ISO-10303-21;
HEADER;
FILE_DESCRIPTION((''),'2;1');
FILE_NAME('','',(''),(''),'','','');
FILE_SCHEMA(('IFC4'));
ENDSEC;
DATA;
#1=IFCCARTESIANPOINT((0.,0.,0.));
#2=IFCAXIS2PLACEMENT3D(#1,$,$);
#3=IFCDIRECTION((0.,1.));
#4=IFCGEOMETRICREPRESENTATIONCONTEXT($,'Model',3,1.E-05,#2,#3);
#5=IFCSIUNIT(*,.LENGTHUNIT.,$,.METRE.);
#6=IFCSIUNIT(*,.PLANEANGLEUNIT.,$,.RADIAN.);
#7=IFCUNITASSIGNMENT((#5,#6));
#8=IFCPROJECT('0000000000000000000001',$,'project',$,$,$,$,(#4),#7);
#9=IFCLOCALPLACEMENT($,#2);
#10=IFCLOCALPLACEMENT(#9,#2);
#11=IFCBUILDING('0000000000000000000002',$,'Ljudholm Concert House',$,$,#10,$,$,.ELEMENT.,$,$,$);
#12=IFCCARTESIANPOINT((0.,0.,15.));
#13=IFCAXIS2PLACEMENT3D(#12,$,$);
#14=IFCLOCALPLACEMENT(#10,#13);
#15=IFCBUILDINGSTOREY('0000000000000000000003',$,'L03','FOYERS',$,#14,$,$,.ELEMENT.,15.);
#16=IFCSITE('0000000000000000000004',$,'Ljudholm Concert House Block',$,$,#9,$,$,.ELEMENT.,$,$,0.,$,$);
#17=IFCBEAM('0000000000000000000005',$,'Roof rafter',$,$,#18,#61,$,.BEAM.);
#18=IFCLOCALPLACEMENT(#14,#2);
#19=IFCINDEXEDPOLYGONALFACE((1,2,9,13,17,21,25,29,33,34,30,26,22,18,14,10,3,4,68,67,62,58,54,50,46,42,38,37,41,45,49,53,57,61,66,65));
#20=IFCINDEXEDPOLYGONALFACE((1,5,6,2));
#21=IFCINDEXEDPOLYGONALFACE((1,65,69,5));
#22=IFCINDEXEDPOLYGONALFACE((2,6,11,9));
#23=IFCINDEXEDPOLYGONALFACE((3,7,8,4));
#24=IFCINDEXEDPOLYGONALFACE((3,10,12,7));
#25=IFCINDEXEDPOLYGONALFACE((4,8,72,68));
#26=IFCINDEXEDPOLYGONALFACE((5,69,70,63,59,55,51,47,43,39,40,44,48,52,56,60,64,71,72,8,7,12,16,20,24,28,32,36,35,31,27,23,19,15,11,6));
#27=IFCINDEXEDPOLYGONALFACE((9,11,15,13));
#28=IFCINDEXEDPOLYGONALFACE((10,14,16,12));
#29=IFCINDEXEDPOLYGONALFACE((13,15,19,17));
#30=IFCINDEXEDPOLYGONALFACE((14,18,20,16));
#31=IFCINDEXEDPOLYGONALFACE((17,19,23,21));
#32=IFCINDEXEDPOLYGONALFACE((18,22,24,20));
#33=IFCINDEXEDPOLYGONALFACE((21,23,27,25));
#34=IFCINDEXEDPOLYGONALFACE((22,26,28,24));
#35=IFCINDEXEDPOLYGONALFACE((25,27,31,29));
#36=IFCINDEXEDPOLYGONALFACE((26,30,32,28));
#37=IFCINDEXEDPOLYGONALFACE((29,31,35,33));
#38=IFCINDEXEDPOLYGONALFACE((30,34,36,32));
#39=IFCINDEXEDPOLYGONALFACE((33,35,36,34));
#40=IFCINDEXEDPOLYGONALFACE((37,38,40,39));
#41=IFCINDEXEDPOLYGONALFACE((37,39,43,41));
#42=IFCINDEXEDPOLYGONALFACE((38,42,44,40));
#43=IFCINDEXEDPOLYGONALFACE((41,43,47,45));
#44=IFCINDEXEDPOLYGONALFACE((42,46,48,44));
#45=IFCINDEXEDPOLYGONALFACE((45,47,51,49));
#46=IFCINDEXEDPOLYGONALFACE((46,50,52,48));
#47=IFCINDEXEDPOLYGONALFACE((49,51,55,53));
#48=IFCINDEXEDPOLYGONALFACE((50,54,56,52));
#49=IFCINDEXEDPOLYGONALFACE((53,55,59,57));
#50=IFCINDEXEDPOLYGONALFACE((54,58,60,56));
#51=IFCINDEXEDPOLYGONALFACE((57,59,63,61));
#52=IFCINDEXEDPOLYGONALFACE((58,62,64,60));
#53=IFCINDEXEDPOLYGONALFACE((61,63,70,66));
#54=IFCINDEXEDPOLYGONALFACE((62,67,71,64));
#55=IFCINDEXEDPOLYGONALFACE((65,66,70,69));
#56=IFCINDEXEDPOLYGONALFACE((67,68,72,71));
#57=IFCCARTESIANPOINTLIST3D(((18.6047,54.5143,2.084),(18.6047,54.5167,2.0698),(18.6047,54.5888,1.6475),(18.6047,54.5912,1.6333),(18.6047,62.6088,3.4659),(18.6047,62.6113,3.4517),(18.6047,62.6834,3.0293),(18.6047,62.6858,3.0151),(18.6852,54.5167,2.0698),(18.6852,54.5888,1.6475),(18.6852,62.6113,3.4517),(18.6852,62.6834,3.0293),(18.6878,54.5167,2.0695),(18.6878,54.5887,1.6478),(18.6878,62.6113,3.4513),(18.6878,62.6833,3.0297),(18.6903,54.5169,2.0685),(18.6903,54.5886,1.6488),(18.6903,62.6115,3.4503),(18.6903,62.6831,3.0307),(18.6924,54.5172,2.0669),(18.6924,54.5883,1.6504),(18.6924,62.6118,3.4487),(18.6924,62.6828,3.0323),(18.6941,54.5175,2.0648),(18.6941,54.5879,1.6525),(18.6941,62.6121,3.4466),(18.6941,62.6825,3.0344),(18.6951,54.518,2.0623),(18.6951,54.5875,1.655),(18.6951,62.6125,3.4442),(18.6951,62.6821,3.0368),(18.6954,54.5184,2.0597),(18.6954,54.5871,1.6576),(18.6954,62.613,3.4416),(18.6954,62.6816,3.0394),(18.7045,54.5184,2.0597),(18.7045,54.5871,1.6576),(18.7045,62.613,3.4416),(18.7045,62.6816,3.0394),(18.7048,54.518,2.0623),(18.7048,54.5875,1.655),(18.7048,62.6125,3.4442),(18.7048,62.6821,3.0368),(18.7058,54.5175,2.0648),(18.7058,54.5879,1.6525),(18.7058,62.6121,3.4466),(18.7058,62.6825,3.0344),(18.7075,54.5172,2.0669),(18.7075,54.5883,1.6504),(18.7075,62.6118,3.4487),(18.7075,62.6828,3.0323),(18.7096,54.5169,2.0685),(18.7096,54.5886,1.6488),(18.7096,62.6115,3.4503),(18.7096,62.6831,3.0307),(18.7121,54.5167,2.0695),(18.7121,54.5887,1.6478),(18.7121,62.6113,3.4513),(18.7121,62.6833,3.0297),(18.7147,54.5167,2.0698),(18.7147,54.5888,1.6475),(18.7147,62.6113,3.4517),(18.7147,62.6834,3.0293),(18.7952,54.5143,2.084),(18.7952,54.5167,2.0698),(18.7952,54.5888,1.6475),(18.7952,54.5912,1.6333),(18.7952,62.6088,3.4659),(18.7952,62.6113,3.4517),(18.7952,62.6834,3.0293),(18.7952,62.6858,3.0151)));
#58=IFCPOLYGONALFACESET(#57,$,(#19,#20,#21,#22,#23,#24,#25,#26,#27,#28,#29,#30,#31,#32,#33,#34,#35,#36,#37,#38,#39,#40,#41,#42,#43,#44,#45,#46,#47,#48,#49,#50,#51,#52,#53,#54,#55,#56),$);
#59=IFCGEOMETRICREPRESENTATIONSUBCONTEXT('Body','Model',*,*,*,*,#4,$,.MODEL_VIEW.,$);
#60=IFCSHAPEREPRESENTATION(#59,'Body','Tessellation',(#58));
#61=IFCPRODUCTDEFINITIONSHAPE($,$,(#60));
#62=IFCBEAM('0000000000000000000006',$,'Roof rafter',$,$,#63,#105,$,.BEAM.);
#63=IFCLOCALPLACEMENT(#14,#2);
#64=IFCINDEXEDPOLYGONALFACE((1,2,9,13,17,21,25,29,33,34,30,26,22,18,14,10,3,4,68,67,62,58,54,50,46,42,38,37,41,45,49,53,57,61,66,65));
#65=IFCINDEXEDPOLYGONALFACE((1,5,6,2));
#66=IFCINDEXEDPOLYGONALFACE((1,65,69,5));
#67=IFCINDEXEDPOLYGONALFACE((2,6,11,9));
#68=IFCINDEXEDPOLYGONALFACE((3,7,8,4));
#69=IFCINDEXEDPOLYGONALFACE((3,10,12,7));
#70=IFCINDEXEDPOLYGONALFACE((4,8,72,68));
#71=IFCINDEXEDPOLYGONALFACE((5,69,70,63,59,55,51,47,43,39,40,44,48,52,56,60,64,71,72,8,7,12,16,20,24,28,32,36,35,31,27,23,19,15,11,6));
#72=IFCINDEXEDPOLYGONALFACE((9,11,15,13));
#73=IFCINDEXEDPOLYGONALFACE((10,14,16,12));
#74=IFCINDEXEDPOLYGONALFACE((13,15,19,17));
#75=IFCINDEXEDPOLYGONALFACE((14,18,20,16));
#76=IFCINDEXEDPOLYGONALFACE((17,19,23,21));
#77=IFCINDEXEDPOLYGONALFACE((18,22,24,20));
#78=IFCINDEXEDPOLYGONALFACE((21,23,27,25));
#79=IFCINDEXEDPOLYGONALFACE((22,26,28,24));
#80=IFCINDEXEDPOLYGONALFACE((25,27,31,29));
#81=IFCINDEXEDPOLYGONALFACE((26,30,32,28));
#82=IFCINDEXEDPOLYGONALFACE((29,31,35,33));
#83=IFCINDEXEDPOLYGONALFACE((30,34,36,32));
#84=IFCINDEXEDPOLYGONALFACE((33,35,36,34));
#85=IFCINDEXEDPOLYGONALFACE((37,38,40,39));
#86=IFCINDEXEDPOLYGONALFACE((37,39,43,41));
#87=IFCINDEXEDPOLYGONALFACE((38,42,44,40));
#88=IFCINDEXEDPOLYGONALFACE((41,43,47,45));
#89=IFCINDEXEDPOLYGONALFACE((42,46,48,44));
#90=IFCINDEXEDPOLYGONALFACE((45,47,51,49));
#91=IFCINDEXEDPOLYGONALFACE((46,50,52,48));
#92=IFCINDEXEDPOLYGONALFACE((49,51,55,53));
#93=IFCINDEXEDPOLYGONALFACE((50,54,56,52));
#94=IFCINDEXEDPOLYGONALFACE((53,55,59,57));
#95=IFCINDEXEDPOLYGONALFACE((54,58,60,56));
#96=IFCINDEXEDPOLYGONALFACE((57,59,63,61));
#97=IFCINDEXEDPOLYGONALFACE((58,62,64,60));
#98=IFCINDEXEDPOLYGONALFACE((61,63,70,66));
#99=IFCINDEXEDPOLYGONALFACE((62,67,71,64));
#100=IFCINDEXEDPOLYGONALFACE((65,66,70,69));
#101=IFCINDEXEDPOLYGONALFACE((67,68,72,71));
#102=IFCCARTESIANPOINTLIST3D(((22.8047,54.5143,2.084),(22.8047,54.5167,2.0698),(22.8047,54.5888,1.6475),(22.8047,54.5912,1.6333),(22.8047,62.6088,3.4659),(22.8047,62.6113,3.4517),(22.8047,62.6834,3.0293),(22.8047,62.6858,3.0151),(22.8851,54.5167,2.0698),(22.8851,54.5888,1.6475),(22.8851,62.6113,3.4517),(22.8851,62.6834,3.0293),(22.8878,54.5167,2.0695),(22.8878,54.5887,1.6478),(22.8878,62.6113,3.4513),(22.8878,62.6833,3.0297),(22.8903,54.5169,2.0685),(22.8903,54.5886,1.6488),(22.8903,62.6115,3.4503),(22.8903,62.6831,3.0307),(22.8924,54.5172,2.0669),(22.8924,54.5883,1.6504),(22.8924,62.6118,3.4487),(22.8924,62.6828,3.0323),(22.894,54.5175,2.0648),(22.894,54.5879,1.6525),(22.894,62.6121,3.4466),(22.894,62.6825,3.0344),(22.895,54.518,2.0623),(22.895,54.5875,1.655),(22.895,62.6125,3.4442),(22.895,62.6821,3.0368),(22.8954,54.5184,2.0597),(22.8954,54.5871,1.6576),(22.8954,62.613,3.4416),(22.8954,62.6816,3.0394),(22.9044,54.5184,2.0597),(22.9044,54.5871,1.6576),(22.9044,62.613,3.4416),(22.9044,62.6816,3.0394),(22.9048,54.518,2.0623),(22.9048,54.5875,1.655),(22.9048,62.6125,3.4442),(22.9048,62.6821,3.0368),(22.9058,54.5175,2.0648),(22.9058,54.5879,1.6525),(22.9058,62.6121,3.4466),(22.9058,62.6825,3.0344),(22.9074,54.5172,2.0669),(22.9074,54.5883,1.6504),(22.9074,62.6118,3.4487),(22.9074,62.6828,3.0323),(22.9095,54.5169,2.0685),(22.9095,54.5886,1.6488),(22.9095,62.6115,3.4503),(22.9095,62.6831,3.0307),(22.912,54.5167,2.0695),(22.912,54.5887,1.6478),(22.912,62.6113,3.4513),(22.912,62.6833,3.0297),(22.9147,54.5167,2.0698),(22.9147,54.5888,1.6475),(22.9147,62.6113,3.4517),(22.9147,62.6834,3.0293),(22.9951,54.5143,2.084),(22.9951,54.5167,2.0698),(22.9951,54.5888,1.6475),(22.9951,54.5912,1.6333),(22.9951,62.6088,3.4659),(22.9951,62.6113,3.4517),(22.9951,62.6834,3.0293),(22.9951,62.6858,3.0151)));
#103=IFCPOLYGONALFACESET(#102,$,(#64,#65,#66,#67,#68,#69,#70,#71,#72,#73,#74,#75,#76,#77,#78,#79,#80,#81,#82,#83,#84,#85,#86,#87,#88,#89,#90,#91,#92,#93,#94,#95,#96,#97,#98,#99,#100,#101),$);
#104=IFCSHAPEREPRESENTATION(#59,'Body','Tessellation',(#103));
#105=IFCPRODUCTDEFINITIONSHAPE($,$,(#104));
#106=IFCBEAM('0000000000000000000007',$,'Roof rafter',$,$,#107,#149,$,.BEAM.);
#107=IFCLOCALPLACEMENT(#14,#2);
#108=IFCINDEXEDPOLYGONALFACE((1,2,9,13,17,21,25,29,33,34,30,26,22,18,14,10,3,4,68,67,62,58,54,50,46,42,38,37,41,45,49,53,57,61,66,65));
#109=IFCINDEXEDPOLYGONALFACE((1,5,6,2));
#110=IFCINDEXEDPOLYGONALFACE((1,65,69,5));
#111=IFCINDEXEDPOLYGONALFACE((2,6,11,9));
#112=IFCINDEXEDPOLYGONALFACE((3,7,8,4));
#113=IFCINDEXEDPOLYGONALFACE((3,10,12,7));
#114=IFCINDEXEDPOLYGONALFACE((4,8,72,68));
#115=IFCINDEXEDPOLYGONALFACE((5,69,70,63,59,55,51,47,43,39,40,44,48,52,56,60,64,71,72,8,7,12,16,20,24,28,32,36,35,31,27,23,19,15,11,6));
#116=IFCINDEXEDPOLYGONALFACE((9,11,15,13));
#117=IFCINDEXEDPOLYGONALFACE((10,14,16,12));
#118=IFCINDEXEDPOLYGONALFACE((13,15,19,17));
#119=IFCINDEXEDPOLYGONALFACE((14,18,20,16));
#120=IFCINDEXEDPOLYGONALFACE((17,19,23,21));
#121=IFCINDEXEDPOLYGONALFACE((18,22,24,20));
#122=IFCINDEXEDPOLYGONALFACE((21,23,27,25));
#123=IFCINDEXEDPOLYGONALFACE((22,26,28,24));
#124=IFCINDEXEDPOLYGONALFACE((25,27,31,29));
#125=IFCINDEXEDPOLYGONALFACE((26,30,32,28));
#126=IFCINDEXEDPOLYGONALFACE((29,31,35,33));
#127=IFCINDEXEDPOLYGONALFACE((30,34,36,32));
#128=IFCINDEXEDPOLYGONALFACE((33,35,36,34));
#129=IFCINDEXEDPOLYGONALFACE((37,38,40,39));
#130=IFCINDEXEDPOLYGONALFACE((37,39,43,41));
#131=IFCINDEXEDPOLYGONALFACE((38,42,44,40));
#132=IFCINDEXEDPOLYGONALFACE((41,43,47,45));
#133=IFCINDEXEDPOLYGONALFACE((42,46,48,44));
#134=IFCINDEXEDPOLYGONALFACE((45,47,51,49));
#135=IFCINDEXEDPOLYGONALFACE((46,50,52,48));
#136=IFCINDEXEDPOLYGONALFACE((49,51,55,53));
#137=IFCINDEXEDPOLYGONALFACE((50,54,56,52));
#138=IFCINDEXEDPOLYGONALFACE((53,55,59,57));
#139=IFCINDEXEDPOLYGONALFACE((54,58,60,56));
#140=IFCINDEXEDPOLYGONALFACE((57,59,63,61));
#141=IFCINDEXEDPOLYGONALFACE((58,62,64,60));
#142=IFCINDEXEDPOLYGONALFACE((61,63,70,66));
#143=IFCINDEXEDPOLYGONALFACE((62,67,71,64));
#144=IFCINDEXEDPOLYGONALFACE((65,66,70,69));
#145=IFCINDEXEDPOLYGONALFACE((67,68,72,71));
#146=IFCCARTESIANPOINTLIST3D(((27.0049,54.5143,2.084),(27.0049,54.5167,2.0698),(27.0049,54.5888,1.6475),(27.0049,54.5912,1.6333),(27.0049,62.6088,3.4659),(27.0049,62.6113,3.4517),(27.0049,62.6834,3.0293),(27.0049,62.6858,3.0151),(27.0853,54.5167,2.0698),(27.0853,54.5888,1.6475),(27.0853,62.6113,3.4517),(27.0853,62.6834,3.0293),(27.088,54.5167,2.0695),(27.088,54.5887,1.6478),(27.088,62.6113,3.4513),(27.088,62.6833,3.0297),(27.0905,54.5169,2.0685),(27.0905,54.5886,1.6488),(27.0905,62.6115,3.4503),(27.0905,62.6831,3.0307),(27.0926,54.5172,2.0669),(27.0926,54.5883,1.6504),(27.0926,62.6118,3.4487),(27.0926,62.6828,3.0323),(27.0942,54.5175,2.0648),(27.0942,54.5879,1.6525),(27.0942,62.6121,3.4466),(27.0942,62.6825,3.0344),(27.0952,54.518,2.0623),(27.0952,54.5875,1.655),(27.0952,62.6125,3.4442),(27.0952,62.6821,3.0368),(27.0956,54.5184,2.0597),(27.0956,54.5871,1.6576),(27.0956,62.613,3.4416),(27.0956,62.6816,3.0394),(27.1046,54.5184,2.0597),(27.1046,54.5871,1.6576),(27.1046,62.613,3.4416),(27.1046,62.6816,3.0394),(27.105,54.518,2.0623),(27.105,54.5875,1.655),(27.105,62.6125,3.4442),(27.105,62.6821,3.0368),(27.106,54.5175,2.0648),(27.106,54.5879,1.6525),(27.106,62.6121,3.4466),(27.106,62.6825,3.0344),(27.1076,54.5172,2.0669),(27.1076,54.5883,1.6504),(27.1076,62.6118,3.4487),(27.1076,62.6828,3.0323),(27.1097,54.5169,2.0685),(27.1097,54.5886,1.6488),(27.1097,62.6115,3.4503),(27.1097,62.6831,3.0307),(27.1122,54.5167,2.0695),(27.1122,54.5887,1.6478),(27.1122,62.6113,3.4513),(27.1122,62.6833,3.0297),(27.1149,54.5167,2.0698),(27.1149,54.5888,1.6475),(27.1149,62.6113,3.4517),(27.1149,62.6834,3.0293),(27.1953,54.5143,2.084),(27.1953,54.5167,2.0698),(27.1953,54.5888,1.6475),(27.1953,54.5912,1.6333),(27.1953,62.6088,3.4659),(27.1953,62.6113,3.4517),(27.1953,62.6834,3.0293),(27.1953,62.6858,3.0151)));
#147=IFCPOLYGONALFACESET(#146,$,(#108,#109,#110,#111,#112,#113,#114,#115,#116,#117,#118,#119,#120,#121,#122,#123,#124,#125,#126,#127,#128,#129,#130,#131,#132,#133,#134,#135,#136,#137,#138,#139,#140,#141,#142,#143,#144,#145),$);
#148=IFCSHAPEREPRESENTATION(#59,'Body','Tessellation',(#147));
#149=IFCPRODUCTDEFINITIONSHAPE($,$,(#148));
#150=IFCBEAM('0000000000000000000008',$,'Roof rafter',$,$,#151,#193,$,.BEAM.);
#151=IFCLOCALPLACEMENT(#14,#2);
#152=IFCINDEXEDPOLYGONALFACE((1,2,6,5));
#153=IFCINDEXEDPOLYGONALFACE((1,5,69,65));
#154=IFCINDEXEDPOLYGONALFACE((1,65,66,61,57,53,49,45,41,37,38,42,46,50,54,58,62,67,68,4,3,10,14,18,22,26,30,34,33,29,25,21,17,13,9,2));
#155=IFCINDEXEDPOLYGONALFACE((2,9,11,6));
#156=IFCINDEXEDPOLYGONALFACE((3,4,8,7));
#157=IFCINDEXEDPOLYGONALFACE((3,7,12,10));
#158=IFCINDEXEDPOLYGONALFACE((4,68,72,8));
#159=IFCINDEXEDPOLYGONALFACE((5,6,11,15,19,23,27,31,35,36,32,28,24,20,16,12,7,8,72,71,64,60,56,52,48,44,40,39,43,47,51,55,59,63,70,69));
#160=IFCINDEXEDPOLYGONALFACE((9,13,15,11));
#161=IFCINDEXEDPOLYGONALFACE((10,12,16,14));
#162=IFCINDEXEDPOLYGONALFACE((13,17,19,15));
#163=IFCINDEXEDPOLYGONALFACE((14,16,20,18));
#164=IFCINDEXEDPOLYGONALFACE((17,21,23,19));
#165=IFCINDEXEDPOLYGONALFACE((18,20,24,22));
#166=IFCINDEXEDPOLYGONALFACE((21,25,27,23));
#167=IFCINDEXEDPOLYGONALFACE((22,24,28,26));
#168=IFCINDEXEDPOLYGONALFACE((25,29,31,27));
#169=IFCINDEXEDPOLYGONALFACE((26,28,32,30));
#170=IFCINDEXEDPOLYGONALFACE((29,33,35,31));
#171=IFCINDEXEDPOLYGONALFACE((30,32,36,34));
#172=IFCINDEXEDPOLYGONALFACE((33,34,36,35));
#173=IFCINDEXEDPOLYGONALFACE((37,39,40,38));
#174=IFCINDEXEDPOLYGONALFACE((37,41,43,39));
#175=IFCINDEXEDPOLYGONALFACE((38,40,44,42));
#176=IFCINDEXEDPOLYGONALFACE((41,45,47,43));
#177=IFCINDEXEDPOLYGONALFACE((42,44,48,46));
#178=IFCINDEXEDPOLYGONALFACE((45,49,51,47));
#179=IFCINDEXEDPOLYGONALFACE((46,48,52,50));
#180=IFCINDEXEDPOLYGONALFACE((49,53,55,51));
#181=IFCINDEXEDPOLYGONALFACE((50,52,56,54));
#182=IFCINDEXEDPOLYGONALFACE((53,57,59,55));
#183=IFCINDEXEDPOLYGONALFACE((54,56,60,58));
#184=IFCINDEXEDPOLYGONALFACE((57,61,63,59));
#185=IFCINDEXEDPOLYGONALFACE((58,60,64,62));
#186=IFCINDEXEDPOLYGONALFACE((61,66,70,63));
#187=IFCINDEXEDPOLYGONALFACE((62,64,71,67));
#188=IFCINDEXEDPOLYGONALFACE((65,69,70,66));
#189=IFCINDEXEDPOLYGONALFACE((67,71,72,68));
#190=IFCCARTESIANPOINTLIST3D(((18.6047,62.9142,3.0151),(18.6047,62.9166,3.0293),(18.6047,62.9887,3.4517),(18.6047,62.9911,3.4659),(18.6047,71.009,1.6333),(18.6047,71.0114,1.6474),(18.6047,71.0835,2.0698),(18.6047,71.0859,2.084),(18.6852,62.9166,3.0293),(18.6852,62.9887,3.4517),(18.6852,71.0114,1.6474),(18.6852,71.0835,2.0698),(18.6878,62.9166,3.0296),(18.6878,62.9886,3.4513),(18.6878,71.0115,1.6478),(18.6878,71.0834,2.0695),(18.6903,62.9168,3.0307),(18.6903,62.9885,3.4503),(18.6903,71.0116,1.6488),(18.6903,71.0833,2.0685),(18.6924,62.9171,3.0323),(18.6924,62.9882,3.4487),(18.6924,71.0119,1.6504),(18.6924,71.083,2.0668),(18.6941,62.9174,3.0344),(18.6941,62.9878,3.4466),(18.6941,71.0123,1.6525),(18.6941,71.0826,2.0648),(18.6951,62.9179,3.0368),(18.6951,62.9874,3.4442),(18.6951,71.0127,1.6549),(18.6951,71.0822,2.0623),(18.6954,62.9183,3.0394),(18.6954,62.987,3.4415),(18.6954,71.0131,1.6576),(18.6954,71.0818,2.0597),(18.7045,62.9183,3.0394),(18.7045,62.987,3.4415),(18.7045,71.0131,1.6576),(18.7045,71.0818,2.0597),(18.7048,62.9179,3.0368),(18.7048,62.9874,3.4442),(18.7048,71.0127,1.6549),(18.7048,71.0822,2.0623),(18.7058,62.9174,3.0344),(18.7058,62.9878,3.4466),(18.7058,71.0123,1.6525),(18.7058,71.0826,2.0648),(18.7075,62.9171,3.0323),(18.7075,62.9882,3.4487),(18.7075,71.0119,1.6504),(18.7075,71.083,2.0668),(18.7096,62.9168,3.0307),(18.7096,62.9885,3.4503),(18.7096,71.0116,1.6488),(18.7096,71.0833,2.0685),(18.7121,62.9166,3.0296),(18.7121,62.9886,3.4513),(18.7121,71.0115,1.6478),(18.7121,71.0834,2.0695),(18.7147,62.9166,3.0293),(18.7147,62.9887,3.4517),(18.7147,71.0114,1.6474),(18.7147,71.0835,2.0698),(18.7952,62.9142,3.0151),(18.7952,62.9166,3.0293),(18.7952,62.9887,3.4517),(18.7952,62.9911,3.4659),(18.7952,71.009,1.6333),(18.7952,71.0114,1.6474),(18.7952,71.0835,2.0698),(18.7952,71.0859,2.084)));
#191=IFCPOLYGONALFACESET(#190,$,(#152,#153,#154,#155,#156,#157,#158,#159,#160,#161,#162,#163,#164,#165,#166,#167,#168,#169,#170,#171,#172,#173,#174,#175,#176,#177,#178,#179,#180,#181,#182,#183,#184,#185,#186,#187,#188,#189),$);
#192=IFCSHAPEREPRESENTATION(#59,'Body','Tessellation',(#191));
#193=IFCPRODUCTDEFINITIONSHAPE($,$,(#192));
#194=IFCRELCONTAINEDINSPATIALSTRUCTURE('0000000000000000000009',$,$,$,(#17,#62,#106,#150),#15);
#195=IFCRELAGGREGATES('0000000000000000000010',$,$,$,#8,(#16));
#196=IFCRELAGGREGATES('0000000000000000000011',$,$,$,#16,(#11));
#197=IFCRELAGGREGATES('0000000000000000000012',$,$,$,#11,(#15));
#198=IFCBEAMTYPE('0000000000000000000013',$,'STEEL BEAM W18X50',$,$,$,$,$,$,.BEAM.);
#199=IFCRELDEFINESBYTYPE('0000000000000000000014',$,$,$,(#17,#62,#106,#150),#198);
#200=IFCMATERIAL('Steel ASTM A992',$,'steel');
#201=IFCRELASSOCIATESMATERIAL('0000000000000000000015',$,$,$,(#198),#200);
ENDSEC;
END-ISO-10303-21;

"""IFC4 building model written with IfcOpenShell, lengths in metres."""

from ifc_helpers import new_model, si_unit, direction, frame, origin, origin_2d, place, context, subcontext, project, spatial, i_section, extrude, material, material_profile, profile_set, type_object, element, save


model = new_model("IFC4")

# Units and contexts
model_context = context("Model", 3, precision=1e-05, world=origin(), true_north=direction((0.0, 1.0)))
body_context = subcontext(model_context, "Body", "Model", "MODEL_VIEW")
ifc_project = project(units=[si_unit("LENGTHUNIT", "METRE"), si_unit("PLANEANGLEUNIT", "RADIAN")], contexts=[model_context])

# Site, building, storey
site_placement = place(None, origin())
site = spatial("IfcSite", under=ifc_project, at=site_placement, Name="Ljudholm Concert House Block", CompositionType="ELEMENT", RefElevation=0.0)
building_placement = place(site_placement, origin())
building = spatial("IfcBuilding", under=site, at=building_placement, Name="Ljudholm Concert House", CompositionType="ELEMENT")
storey_placement = place(building_placement, frame((0.0, 0.0, 15.0)))
storey = spatial("IfcBuildingStorey", under=building, at=storey_placement, Name="L03", Description="FOYERS", CompositionType="ELEMENT", Elevation=15.0)

# Beams
ifc_material_1 = material(Name="Steel ASTM A992", Category="steel")
ifc_material_profile_1 = material_profile(ifc_material_1, i_section(OverallWidth=0.1904, OverallDepth=0.4573, WebThickness=0.009, FlangeThickness=0.0144, FilletRadius=0.0103, at=origin_2d()), Name="W18X50")
ifc_profile_set_1 = profile_set([ifc_material_profile_1], Name="Steel ASTM A992")
beam_type_1 = type_object("IfcBeamType", Name="STEEL BEAM W18X50", PredefinedType="BEAM", material=ifc_profile_set_1)
for number, where, z_axis, x_axis, name in (
    (1, (18.7, 54.5527, 1.8586), (0.0, 0.985739, 0.168279), (-1.0, 0.0, 0.0), "Roof rafter"),
    (2, (22.8999, 54.5527, 1.8586), (0.0, 0.985739, 0.168279), (-1.0, 0.0, 0.0), "Roof rafter"),
    (3, (27.1001, 54.5527, 1.8586), (0.0, 0.985739, 0.168279), (-1.0, 0.0, 0.0), "Roof rafter"),
):
    element("IfcBeam", number, at=place(storey_placement, frame(where, z_axis=z_axis, x_axis=x_axis)), inside=storey, type_object=beam_type_1, Name=name, PredefinedType="BEAM", context=body_context, shape_type="SweptSolid", body=[
        extrude(i_section(OverallWidth=0.1904, OverallDepth=0.4573, WebThickness=0.009, FlangeThickness=0.0144, FilletRadius=0.0103, at=origin_2d()), origin(), (0.0, 0.0, 1.0), 8.2117),
    ])
beam_placement = place(storey_placement, frame((18.7, 62.9526, 3.2405), z_axis=(0.0, 0.98574, -0.168274), x_axis=(-1.0, 0.0, 0.0)))
element("IfcBeam", 4, at=beam_placement, inside=storey, type_object=beam_type_1, Name="Roof rafter", PredefinedType="BEAM", context=body_context, shape_type="SweptSolid", body=[
    extrude(i_section(OverallWidth=0.1904, OverallDepth=0.4573, WebThickness=0.009, FlangeThickness=0.0144, FilletRadius=0.0103, at=origin_2d()), origin(), (0.0, 0.0, 1.0), 8.2119),
])

save(model, "model.ifc")
